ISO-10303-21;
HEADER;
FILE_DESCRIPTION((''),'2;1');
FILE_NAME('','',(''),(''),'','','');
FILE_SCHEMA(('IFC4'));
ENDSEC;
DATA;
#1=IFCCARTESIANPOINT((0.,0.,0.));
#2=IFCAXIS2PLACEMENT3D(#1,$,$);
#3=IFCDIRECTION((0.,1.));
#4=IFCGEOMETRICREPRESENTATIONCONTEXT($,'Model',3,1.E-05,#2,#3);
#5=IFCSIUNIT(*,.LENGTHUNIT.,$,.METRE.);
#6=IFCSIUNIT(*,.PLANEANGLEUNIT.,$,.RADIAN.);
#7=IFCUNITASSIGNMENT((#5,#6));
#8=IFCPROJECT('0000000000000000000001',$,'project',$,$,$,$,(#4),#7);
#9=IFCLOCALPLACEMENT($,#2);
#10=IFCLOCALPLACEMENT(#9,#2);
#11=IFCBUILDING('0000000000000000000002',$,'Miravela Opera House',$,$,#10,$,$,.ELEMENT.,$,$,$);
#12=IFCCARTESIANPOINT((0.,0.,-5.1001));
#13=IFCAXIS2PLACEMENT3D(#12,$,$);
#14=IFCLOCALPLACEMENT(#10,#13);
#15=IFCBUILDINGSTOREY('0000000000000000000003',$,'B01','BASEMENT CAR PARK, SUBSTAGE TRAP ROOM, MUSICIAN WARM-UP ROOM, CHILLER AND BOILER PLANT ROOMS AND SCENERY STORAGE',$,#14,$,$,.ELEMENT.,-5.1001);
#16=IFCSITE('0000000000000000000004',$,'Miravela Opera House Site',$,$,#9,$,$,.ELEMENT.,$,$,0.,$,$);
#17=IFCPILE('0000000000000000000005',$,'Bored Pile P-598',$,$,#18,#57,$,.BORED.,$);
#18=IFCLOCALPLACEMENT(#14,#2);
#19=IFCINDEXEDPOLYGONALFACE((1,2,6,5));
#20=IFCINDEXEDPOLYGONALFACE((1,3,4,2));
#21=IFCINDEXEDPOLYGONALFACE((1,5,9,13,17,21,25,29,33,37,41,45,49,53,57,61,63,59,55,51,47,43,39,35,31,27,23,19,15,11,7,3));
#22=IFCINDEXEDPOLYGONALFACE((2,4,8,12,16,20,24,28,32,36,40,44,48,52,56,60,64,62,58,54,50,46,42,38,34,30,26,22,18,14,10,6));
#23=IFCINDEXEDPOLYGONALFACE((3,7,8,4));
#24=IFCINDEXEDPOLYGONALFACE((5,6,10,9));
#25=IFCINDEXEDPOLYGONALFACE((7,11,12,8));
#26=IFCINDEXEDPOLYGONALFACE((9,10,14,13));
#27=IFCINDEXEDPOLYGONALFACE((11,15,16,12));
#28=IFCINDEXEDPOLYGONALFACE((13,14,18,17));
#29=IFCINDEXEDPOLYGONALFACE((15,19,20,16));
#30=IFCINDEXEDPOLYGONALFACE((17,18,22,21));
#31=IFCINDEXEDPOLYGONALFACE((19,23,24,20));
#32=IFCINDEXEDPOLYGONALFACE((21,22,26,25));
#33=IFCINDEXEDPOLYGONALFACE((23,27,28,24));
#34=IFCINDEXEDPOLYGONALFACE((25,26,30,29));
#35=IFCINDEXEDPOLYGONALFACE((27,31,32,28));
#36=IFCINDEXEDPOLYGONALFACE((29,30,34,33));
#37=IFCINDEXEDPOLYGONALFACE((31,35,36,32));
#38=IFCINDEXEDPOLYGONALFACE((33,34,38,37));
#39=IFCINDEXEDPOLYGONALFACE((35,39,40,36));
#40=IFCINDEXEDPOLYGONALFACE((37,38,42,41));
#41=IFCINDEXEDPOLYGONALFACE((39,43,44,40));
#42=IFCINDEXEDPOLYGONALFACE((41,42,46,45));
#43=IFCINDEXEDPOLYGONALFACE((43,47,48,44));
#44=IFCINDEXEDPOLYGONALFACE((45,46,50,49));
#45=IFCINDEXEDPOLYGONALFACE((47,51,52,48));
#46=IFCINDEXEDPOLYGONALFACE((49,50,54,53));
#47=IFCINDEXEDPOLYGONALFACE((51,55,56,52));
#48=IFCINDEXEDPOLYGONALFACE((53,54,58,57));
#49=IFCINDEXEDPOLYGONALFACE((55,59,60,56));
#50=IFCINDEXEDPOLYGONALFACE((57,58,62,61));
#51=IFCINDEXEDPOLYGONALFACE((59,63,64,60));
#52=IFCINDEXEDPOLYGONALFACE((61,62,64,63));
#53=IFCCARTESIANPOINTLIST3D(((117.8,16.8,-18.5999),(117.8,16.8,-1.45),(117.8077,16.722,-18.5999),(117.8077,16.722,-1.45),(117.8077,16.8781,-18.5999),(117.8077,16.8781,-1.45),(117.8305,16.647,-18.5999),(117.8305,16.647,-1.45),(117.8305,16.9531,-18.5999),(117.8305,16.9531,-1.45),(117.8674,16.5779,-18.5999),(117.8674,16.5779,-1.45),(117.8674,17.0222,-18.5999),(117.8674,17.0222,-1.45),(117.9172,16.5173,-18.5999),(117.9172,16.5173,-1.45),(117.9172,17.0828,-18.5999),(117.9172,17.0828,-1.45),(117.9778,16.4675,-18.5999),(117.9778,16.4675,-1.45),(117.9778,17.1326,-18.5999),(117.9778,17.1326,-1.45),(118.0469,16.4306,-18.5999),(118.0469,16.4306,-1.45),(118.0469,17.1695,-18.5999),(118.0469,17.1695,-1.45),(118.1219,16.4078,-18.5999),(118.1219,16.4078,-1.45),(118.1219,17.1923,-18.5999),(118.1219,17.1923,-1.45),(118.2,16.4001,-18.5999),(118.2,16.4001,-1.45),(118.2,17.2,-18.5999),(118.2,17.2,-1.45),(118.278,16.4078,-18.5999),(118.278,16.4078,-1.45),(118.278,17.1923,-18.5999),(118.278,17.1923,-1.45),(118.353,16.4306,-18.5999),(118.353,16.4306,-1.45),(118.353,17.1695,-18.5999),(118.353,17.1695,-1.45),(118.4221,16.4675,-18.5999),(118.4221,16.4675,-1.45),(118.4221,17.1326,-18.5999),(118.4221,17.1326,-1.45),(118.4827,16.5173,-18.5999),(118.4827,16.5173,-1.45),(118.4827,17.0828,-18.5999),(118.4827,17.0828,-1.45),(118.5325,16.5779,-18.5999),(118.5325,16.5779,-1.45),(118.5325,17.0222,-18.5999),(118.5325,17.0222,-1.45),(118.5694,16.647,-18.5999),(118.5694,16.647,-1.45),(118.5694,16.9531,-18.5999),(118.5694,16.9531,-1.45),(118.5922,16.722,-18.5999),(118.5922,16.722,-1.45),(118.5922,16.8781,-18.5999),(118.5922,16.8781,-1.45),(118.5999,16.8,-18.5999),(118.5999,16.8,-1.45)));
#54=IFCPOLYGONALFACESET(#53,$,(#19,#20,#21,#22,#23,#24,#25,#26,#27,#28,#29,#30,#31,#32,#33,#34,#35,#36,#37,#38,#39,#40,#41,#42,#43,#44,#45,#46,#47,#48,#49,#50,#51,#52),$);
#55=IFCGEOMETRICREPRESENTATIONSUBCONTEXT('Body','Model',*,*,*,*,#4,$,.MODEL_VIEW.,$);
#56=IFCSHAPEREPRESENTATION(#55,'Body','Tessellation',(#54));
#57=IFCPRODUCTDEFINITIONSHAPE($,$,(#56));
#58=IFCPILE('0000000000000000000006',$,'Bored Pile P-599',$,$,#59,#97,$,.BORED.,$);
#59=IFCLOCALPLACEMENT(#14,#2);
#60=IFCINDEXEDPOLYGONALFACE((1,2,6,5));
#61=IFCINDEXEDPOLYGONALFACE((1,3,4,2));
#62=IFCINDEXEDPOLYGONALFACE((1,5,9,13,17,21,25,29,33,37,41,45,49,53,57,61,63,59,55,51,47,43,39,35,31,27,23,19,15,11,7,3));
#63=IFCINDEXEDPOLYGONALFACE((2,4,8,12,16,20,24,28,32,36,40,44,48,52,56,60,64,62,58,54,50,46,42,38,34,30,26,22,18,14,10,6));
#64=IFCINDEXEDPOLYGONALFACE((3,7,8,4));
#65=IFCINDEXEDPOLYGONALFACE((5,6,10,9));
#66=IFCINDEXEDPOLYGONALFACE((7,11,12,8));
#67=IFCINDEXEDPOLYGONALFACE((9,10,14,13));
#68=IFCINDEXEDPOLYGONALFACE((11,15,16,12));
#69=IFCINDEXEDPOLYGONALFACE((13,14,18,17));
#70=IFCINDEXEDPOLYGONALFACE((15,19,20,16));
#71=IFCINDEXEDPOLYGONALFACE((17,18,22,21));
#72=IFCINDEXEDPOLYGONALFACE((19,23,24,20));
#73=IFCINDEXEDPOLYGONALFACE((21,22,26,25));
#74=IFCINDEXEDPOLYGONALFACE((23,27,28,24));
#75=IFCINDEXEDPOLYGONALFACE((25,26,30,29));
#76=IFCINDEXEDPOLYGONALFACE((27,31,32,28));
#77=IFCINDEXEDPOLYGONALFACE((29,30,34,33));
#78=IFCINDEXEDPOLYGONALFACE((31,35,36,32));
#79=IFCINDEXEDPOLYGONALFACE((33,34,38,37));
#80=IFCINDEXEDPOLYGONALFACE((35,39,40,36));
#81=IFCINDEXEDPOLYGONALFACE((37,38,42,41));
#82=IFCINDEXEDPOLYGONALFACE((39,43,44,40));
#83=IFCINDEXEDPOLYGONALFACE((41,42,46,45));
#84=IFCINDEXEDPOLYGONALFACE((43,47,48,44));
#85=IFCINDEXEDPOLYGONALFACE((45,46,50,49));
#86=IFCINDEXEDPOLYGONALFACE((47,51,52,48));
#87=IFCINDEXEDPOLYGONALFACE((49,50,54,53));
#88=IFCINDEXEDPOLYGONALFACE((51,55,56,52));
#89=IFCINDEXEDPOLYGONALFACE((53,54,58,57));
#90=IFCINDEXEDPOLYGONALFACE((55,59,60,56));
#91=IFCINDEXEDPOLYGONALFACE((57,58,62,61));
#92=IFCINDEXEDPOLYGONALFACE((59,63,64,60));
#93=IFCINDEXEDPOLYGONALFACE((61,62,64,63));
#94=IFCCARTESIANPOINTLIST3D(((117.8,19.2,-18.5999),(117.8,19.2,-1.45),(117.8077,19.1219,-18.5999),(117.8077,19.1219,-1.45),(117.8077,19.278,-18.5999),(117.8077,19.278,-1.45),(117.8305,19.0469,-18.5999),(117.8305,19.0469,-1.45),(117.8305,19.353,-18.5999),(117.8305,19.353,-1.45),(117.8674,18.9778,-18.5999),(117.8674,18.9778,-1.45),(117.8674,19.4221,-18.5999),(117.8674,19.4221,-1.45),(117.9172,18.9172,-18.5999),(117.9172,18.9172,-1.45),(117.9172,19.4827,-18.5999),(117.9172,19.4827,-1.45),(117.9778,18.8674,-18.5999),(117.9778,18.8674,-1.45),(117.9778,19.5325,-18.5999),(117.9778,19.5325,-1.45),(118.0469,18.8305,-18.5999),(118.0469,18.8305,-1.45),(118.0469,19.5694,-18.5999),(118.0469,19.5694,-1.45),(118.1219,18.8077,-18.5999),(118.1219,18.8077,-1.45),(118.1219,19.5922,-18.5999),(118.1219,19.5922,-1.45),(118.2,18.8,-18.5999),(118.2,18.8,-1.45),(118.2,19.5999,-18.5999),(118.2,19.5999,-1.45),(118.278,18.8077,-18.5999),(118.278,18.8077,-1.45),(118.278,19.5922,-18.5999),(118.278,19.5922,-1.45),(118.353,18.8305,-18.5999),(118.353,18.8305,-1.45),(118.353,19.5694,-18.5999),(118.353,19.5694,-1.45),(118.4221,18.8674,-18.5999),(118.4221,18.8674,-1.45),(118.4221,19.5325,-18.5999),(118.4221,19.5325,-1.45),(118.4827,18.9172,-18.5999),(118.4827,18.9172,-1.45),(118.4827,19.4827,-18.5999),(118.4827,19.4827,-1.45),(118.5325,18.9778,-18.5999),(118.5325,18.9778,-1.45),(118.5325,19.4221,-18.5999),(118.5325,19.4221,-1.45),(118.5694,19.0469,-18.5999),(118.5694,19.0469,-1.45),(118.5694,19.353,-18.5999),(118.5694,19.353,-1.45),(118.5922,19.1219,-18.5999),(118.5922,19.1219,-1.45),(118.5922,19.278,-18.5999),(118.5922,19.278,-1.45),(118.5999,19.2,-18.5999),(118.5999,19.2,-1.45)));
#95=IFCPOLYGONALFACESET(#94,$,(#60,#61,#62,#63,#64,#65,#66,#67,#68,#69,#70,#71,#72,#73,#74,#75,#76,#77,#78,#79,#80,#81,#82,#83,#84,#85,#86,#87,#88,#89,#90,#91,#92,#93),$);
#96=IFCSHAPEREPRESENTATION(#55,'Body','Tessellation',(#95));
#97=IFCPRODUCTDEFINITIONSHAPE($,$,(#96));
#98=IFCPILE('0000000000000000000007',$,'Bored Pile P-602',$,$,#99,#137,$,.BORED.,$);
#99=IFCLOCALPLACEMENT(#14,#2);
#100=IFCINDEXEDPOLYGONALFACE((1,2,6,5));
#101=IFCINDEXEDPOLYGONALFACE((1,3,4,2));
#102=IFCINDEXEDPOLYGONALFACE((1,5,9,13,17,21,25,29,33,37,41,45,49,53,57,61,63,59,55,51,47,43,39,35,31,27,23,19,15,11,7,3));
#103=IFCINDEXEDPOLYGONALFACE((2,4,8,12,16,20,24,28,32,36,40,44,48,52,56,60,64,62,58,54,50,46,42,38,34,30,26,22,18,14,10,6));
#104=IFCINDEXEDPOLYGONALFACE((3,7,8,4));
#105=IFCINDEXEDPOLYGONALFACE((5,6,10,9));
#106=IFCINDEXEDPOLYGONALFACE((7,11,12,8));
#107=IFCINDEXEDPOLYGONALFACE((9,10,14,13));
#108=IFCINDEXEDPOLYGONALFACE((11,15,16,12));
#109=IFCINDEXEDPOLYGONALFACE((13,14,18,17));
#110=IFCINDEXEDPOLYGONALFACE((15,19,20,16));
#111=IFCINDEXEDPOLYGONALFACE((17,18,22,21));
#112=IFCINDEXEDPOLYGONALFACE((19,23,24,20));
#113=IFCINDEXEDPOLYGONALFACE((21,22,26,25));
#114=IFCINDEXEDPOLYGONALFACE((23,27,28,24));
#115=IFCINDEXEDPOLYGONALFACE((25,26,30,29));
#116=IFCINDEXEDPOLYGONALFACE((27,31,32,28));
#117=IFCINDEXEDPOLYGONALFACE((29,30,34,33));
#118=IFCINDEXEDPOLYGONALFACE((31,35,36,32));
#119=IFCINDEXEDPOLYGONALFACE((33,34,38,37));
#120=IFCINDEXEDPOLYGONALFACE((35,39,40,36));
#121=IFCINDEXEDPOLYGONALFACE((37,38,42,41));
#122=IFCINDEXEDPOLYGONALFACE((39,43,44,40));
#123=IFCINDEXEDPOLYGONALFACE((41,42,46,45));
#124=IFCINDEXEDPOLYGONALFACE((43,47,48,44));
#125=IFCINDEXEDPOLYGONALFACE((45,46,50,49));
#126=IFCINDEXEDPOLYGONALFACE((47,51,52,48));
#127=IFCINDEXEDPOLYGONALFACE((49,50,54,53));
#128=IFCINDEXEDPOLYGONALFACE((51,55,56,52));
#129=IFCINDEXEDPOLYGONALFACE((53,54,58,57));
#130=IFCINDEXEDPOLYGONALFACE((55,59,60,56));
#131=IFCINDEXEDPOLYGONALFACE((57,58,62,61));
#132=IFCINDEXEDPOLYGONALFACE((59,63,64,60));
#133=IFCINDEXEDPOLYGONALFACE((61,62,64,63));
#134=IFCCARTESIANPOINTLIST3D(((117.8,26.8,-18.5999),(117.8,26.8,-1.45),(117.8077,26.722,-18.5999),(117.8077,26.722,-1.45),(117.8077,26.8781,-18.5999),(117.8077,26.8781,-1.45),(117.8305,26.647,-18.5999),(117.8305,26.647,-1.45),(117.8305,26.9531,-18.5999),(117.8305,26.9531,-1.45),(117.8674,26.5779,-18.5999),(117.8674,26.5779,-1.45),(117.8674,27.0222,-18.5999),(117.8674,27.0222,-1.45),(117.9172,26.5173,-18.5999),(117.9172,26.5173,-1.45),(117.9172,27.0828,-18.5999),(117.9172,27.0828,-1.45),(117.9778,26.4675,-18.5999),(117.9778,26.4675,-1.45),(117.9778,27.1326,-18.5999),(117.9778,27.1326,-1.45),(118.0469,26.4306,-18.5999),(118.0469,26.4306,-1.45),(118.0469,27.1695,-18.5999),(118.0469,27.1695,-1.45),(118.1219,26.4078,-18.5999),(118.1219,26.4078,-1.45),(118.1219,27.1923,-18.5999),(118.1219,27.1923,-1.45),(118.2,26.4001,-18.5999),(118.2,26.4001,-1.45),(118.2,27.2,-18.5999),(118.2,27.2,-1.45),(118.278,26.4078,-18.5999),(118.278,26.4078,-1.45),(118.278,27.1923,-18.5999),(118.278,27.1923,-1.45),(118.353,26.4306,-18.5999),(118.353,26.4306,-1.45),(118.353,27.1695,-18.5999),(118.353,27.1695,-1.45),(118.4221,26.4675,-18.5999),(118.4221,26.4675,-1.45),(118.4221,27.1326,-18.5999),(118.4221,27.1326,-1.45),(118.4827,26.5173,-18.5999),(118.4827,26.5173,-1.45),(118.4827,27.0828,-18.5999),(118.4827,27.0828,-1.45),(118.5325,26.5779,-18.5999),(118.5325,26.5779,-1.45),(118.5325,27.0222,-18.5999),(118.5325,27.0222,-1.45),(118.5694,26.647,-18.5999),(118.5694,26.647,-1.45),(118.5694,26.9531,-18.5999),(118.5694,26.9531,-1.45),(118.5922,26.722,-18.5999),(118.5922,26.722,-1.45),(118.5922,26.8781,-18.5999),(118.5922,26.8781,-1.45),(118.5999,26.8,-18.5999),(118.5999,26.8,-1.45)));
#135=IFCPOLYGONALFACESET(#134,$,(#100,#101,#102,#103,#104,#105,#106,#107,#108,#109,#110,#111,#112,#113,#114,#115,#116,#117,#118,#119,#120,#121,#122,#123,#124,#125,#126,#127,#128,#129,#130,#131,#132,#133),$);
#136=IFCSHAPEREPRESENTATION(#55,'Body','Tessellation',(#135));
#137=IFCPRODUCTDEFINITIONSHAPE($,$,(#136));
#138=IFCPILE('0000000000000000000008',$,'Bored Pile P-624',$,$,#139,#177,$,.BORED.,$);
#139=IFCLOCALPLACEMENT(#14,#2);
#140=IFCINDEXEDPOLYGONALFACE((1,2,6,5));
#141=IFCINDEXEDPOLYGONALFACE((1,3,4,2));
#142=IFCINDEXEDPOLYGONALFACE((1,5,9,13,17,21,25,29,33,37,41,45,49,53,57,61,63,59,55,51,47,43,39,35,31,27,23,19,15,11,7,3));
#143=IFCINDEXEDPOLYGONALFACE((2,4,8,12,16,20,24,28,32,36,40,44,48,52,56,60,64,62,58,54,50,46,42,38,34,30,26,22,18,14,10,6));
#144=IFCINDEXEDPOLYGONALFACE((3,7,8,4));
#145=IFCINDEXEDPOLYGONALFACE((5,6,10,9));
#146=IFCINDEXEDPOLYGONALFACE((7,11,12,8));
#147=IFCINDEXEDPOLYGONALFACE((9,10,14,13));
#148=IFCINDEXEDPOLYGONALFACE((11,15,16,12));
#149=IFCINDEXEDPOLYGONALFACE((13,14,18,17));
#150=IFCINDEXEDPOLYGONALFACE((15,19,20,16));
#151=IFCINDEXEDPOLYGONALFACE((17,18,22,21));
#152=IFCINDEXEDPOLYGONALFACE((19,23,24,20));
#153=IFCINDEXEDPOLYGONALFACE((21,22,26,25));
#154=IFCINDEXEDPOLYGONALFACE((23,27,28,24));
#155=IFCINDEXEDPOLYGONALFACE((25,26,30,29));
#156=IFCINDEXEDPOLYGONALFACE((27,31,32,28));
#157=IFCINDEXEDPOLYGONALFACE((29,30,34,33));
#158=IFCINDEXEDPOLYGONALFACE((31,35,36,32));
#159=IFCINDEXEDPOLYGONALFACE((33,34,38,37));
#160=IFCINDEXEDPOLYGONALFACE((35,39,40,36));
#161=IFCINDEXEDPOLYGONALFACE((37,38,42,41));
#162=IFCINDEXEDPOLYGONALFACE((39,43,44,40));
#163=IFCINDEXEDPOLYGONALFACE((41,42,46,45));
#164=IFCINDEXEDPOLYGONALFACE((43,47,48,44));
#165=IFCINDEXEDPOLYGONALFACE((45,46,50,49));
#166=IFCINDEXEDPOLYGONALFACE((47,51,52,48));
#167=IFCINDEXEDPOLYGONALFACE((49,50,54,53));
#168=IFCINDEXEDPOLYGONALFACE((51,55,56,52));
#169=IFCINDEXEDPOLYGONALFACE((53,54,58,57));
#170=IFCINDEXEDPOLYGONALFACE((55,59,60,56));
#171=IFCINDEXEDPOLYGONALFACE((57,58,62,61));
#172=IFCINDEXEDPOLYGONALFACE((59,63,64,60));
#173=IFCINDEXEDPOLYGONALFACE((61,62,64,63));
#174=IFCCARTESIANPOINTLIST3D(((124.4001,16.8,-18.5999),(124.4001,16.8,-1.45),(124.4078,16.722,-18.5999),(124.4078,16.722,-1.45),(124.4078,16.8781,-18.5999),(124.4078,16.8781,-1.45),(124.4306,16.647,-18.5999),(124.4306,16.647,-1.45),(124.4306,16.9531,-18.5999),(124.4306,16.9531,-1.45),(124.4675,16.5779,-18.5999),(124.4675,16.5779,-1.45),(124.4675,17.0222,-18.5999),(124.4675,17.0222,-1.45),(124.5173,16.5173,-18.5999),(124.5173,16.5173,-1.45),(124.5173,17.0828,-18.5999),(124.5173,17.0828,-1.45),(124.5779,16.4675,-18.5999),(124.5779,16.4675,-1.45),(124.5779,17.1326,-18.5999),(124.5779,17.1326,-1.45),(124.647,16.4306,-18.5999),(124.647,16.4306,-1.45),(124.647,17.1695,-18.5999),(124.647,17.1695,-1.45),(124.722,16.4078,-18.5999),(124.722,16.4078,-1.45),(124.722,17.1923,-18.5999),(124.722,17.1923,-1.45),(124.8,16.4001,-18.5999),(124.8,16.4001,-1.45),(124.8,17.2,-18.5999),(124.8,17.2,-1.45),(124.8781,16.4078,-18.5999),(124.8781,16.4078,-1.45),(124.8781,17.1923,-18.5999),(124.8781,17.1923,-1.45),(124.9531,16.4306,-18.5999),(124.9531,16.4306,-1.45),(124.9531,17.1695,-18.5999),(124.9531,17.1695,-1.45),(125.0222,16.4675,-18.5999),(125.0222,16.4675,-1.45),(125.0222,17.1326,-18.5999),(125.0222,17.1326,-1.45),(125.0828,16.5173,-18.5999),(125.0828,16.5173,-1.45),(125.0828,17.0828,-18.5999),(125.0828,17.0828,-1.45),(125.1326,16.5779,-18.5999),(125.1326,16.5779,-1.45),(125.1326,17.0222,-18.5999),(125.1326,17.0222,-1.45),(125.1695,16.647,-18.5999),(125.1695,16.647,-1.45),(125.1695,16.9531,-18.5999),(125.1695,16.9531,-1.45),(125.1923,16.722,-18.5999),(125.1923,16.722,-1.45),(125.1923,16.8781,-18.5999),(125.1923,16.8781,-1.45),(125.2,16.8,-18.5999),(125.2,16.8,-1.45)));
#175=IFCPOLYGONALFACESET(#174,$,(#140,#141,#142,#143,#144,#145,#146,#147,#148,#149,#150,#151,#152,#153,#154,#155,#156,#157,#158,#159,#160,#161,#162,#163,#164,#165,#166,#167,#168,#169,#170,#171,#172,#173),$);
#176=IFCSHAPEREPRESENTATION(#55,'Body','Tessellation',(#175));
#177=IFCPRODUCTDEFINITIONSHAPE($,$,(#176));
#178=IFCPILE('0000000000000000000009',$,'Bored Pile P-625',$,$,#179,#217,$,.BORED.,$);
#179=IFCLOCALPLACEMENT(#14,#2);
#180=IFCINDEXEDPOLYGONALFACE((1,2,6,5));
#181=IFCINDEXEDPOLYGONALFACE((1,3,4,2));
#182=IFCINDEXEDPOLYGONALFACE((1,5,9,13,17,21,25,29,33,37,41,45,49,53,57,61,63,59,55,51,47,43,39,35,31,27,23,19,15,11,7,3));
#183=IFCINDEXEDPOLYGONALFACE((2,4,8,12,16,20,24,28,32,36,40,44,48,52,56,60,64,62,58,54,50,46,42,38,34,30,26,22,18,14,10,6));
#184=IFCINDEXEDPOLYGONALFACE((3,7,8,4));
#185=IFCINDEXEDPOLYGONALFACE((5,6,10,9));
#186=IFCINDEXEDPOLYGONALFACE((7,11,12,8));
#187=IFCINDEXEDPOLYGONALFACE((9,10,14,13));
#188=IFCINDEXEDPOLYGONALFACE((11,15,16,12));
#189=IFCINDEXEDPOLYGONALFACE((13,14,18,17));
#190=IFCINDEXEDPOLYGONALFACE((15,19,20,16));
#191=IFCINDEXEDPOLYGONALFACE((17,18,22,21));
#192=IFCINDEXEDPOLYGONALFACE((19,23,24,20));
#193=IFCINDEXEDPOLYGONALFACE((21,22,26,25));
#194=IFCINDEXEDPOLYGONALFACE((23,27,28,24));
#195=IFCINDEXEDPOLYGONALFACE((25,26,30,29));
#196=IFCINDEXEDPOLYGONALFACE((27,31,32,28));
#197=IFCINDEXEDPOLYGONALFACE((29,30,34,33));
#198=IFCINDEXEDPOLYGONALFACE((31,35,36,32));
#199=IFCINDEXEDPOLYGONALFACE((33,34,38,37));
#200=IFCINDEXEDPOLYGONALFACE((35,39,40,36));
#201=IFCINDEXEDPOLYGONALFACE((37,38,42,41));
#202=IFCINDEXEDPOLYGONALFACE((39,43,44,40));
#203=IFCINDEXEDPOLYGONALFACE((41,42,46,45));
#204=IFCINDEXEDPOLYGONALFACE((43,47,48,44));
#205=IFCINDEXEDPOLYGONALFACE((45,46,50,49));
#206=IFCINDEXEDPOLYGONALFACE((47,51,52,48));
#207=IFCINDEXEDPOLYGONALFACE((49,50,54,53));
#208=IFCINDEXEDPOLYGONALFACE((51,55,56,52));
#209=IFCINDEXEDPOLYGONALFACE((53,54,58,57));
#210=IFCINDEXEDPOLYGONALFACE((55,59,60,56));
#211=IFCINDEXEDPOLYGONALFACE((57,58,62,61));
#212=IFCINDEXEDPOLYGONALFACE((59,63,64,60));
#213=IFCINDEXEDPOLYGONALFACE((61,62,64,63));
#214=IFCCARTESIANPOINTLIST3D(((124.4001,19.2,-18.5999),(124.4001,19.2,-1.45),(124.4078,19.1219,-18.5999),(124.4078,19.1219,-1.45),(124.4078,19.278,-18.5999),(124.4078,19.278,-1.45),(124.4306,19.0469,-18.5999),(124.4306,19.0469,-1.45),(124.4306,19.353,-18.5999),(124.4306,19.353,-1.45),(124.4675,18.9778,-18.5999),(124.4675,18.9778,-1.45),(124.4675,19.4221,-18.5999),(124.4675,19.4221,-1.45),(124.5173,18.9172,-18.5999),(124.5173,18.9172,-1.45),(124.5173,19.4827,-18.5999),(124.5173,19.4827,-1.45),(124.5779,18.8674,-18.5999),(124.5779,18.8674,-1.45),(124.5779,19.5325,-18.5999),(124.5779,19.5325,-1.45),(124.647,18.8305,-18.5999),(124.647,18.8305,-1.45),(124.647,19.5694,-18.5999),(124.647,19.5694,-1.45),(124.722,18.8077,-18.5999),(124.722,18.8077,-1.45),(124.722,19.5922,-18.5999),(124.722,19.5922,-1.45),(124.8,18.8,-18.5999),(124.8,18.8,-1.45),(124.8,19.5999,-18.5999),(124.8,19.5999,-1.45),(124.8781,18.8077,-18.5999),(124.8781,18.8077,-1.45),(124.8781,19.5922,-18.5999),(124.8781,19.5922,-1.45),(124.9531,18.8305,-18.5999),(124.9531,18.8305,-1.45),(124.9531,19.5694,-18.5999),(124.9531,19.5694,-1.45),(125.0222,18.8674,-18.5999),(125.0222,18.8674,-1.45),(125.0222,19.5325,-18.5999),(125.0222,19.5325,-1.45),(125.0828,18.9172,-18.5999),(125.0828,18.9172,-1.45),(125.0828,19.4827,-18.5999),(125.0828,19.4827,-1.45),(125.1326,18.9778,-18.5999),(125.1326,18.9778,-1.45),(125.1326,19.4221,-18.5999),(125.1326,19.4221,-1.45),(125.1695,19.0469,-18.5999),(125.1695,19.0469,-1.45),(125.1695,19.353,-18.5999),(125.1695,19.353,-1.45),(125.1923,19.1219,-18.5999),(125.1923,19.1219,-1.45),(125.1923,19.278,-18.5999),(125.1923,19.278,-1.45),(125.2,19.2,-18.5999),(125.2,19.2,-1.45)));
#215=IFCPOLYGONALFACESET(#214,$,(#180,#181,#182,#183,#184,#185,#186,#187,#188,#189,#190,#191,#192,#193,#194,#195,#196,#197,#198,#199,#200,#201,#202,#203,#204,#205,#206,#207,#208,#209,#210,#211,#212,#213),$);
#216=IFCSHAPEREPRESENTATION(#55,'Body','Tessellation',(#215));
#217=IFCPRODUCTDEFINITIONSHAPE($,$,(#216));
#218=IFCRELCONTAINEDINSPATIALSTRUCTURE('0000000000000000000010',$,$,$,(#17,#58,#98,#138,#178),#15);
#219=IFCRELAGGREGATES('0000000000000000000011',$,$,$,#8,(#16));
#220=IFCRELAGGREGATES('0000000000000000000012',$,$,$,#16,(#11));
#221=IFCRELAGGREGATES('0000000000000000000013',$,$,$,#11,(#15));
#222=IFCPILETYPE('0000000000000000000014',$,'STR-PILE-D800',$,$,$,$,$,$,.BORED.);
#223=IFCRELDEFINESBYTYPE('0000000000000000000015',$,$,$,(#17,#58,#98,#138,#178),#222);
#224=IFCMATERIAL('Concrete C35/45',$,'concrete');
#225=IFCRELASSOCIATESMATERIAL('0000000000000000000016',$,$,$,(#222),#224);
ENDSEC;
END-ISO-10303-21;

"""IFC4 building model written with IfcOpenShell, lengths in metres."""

from ifc_helpers import new_model, si_unit, direction, frame, origin, origin_2d, place, context, subcontext, project, spatial, circle, extrude, material, material_profile, profile_set, type_object, element, save


model = new_model("IFC4")

# Units and contexts
model_context = context("Model", 3, precision=1e-05, world=origin(), true_north=direction((0.0, 1.0)))
body_context = subcontext(model_context, "Body", "Model", "MODEL_VIEW")
ifc_project = project(units=[si_unit("LENGTHUNIT", "METRE"), si_unit("PLANEANGLEUNIT", "RADIAN")], contexts=[model_context])

# Site, building, storey
site_placement = place(None, origin())
site = spatial("IfcSite", under=ifc_project, at=site_placement, Name="Miravela Opera House Site", CompositionType="ELEMENT", RefElevation=0.0)
building_placement = place(site_placement, origin())
building = spatial("IfcBuilding", under=site, at=building_placement, Name="Miravela Opera House", CompositionType="ELEMENT")
storey_placement = place(building_placement, frame((0.0, 0.0, -5.1001)))
storey = spatial("IfcBuildingStorey", under=building, at=storey_placement, Name="B01", Description="BASEMENT CAR PARK, SUBSTAGE TRAP ROOM, MUSICIAN WARM-UP ROOM, CHILLER AND BOILER PLANT ROOMS AND SCENERY STORAGE", CompositionType="ELEMENT", Elevation=-5.1001)

# Shared definitions
ifc_material_1 = material(Name="Concrete C35/45", Category="concrete")

# Piles
ifc_material_profile_1 = material_profile(ifc_material_1, circle(Radius=0.3999, at=origin_2d()), Name="PILE-D800")
ifc_profile_set_1 = profile_set([ifc_material_profile_1])
pile_type_1 = type_object("IfcPileType", Name="STR-PILE-D800", PredefinedType="BORED", material=ifc_profile_set_1)
for number, where, z_axis, x_axis, name in (
    (1, (118.2, 16.8, -1.45), (0.0, 0.0, -1.0), (1.0, 0.0, 0.0), "Bored Pile P-598"),
    (2, (118.2, 19.2, -1.45), (0.0, 0.0, -1.0), (1.0, 0.0, 0.0), "Bored Pile P-599"),
    (3, (118.2, 26.8, -1.45), (0.0, 0.0, -1.0), (1.0, 0.0, 0.0), "Bored Pile P-602"),
    (4, (124.8, 16.8, -1.45), (0.0, 0.0, -1.0), (1.0, 0.0, 0.0), "Bored Pile P-624"),
    (5, (124.8, 19.2, -1.45), (0.0, 0.0, -1.0), (1.0, 0.0, 0.0), "Bored Pile P-625"),
):
    element("IfcPile", number, at=place(storey_placement, frame(where, z_axis=z_axis, x_axis=x_axis)), inside=storey, type_object=pile_type_1, Name=name, PredefinedType="BORED", context=body_context, shape_type="SweptSolid", body=[
        extrude(circle(Radius=0.3999, at=origin_2d()), origin(), (0.0, 0.0, 1.0), 17.1499),
    ])

save(model, "model.ifc")
